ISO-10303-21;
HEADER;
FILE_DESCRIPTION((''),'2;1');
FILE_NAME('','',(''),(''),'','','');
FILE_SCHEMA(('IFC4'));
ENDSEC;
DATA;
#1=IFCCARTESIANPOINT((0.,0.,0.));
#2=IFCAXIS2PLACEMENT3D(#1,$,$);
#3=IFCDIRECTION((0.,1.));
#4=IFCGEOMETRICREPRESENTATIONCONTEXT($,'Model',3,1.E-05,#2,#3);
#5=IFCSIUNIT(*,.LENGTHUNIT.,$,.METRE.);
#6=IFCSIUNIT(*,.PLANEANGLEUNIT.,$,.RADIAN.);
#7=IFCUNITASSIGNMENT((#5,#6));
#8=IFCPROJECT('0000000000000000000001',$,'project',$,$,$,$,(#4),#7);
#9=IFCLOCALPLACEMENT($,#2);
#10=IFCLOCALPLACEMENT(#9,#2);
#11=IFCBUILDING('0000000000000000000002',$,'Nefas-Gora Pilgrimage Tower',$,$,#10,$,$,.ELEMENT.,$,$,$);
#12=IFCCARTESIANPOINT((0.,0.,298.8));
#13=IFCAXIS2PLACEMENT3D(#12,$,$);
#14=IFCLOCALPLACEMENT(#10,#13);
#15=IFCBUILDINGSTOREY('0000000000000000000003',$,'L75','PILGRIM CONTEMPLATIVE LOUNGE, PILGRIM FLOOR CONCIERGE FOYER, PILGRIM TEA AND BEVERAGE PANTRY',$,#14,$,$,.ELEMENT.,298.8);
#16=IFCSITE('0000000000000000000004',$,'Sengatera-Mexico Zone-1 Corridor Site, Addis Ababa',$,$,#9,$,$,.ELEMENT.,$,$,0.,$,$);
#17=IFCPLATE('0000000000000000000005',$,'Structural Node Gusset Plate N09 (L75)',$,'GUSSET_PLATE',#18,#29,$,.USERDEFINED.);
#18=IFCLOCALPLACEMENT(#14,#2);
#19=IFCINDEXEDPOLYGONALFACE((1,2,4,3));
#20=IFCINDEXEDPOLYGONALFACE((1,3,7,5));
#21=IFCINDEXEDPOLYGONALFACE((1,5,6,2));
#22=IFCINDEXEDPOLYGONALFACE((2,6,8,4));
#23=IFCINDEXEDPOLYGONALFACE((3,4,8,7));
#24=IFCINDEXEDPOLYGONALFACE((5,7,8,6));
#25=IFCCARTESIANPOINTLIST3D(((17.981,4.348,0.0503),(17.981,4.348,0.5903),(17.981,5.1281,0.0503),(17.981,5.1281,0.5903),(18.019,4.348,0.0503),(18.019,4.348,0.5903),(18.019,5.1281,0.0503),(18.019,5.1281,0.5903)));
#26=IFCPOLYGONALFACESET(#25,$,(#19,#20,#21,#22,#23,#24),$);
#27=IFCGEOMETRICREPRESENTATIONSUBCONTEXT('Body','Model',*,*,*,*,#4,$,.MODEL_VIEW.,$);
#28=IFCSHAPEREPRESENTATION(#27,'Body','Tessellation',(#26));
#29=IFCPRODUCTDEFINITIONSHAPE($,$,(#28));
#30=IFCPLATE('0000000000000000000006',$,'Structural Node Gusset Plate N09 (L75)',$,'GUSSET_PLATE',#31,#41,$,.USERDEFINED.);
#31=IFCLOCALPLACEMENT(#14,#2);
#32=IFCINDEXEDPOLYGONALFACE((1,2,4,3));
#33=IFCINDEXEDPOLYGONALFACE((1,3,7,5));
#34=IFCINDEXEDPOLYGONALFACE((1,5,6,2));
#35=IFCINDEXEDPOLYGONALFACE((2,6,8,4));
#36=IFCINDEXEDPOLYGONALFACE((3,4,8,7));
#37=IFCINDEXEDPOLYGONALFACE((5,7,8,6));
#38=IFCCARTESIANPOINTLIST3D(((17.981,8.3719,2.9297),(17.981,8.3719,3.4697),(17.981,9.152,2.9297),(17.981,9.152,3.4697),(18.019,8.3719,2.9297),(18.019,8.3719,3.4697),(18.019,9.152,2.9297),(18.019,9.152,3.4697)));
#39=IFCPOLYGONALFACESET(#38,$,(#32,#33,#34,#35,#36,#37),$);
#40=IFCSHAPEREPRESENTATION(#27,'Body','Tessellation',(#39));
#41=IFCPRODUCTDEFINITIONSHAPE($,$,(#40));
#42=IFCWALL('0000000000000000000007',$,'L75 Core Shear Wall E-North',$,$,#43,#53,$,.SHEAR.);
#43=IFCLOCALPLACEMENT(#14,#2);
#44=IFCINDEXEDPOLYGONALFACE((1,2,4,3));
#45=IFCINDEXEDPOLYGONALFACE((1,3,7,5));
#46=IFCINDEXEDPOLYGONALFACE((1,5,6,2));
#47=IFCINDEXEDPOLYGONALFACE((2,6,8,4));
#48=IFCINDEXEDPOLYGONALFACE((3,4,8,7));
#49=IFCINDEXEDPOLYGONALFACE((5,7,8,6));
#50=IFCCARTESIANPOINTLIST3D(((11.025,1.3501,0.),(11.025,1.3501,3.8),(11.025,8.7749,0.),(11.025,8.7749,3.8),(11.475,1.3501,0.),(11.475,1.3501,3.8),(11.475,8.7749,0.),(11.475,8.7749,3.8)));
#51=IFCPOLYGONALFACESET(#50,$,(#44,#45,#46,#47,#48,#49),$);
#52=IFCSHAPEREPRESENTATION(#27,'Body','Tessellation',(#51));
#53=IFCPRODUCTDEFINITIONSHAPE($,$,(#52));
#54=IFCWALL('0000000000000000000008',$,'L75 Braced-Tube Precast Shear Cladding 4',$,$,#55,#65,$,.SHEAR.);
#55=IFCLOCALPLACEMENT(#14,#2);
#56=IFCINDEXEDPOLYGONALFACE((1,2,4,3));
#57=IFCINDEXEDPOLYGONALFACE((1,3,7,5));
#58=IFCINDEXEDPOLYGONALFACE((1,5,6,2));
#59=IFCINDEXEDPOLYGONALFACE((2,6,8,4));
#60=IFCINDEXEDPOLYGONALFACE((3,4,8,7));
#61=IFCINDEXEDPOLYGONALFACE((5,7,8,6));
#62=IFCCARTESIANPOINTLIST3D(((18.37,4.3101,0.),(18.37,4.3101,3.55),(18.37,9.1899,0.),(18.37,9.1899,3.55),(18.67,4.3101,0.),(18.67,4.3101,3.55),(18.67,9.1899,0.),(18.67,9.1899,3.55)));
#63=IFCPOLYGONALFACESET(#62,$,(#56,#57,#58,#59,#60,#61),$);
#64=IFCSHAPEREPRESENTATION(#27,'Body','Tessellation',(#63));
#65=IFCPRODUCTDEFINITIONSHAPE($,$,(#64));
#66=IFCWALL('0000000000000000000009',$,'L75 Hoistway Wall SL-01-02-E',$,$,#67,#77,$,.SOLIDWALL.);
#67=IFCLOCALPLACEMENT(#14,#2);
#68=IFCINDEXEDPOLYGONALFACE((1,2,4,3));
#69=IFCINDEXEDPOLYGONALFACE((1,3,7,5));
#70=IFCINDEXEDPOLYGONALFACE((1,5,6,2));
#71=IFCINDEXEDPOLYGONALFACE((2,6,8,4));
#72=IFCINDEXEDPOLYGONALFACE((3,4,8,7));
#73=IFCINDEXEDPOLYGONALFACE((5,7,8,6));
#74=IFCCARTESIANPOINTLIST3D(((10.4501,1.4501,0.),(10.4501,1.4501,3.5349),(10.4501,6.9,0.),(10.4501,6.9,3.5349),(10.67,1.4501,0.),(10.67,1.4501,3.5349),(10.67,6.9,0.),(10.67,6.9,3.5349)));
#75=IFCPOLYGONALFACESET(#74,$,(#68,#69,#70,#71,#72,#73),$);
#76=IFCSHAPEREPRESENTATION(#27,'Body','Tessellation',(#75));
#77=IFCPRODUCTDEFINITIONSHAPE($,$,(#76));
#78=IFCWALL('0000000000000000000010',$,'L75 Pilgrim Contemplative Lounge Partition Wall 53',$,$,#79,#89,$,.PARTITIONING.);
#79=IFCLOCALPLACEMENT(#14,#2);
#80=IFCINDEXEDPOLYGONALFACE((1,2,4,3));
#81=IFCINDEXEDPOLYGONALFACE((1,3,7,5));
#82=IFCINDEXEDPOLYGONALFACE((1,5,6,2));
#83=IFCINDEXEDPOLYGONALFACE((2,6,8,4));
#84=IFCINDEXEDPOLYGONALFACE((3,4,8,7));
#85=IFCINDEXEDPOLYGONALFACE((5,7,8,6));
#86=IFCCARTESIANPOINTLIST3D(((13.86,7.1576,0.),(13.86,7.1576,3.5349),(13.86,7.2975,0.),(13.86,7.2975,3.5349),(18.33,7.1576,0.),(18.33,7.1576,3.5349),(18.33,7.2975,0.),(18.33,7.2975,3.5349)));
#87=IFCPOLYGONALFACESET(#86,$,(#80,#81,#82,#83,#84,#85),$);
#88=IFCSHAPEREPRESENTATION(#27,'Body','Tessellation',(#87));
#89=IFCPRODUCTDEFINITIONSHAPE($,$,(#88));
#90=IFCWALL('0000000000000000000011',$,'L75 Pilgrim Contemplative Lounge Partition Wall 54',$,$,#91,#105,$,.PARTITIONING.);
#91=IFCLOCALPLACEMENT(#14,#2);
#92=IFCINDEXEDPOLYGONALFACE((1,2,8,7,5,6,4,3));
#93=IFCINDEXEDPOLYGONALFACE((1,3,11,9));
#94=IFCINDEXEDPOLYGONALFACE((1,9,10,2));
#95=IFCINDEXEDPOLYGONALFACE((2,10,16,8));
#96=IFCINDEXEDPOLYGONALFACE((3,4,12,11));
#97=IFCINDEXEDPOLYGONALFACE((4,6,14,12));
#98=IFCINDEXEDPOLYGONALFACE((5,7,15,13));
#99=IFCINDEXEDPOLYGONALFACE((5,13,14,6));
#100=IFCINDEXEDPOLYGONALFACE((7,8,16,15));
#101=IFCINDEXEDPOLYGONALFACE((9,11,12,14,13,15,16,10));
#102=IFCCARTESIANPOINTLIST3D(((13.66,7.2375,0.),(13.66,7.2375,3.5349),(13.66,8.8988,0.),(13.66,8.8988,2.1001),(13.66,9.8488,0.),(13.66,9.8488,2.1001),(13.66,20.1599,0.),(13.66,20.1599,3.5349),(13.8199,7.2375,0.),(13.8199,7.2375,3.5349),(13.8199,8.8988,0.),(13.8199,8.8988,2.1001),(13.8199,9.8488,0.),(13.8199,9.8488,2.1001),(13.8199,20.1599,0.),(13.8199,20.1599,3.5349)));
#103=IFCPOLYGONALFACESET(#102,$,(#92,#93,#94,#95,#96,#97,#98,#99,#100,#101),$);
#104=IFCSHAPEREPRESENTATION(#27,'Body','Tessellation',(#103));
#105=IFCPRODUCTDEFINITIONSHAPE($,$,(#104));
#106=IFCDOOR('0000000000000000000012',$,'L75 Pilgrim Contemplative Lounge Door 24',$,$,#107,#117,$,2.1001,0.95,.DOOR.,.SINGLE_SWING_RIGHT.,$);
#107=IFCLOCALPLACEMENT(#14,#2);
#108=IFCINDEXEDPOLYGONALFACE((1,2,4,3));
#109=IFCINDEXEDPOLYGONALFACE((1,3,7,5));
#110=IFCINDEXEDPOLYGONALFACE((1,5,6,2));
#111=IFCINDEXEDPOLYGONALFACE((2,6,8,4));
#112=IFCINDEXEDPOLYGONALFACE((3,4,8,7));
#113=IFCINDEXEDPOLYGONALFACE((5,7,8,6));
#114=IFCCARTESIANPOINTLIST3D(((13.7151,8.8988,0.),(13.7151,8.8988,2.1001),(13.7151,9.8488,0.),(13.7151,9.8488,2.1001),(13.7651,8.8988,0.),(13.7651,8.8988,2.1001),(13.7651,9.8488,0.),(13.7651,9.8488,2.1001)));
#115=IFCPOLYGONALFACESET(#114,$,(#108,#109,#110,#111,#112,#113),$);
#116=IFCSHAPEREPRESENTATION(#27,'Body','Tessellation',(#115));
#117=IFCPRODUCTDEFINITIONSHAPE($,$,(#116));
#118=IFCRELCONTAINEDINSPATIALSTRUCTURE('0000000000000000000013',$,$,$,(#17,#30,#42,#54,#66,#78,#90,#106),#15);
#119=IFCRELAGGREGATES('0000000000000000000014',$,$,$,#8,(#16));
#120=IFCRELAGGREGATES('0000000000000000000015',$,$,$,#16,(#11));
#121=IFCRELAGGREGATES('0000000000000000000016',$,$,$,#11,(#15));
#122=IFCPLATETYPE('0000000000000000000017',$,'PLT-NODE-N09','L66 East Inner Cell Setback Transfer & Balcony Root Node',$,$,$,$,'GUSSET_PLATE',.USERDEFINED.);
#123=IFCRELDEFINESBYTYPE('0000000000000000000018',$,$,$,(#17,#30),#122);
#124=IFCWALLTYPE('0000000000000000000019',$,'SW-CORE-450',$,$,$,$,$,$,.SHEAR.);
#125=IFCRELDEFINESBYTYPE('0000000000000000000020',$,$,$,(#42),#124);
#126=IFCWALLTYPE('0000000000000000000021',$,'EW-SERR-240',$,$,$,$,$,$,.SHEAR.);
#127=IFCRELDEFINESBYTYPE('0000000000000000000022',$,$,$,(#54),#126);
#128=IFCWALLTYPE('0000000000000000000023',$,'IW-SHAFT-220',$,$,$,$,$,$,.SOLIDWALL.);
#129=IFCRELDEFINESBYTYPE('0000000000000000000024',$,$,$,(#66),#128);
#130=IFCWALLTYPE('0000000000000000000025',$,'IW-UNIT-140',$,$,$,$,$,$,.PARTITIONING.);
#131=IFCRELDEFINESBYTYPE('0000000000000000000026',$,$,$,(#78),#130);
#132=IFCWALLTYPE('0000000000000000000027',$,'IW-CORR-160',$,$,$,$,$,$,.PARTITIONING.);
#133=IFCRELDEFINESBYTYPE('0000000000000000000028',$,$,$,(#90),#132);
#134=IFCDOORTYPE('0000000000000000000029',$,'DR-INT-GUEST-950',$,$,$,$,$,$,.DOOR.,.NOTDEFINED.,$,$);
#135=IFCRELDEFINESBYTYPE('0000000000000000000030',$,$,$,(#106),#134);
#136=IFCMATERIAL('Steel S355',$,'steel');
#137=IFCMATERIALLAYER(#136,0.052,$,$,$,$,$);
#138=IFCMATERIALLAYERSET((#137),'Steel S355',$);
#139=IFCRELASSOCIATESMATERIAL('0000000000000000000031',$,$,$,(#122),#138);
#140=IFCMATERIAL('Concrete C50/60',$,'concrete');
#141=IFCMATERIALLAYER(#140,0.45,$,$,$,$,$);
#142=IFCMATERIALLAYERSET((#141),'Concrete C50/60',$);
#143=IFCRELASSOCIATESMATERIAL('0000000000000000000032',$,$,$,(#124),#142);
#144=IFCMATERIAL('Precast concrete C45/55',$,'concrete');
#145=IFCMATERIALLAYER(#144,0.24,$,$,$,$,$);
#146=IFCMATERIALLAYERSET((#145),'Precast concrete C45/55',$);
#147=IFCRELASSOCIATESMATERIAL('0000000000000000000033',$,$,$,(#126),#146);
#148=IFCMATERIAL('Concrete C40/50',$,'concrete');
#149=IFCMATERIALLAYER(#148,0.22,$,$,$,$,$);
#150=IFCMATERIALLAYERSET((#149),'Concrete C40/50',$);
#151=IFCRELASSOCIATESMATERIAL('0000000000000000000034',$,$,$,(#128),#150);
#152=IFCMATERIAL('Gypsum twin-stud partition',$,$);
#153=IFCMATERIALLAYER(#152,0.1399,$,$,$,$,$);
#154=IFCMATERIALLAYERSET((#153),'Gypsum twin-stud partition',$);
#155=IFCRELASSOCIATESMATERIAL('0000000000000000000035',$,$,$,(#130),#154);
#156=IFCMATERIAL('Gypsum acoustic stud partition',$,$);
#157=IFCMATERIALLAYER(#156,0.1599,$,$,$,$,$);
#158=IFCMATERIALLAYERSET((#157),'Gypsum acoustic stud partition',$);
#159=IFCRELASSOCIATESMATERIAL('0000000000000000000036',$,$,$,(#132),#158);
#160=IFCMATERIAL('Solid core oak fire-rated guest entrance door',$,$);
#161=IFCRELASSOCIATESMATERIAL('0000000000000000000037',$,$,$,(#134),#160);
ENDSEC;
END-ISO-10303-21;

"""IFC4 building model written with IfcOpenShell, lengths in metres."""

from ifc_helpers import new_model, si_unit, direction, frame, frame_2d, origin, origin_2d, place, context, subcontext, project, spatial, rectangle, extrude, source, transform, mapped, material, layer, layer_set, type_object, element, fill, save


model = new_model("IFC4")

# Units and contexts
model_context = context("Model", 3, precision=1e-05, world=origin(), true_north=direction((0.0, 1.0)))
body_context = subcontext(model_context, "Body", "Model", "MODEL_VIEW")
ifc_project = project(units=[si_unit("LENGTHUNIT", "METRE"), si_unit("PLANEANGLEUNIT", "RADIAN")], contexts=[model_context])

# Site, building, storey
site_placement = place(None, origin())
site = spatial("IfcSite", under=ifc_project, at=site_placement, Name="Sengatera-Mexico Zone-1 Corridor Site, Addis Ababa", CompositionType="ELEMENT", RefElevation=0.0)
building_placement = place(site_placement, origin())
building = spatial("IfcBuilding", under=site, at=building_placement, Name="Nefas-Gora Pilgrimage Tower", CompositionType="ELEMENT")
storey_placement = place(building_placement, frame((0.0, 0.0, 298.8)))
storey = spatial("IfcBuildingStorey", under=building, at=storey_placement, Name="L75", Description="PILGRIM CONTEMPLATIVE LOUNGE, PILGRIM FLOOR CONCIERGE FOYER, PILGRIM TEA AND BEVERAGE PANTRY", CompositionType="ELEMENT", Elevation=298.8)

# Shared definitions
ifc_material_1 = material(Name="Steel S355", Category="steel")

# Plates
ifc_layer_1 = layer(ifc_material_1, 0.052)
ifc_layer_set_1 = layer_set([ifc_layer_1], Name="Steel S355")
plate_type = type_object("IfcPlateType", Name="PLT-NODE-N09", Description="L66 East Inner Cell Setback Transfer & Balcony Root Node", ElementType="GUSSET_PLATE", PredefinedType="USERDEFINED", material=ifc_layer_set_1)
shared_shape_1 = source(origin(), body_context, "Body", "SweptSolid", [
    extrude(rectangle(XDim=0.78, YDim=0.0381, at=origin_2d()), origin(), (0.0, 0.0, 1.0), 0.54),
])
for number, where, z_axis, x_axis, name in (
    (1, (18.0, 4.738, 0.0503), (0.0, 0.0, 1.0), (0.0, 1.0, 0.0), "Structural Node Gusset Plate N09 (L75)"),
    (2, (18.0, 8.762, 2.9297), (0.0, 0.0, 1.0), (0.0, 1.0, 0.0), "Structural Node Gusset Plate N09 (L75)"),
):
    element("IfcPlate", number, at=place(storey_placement, frame(where, z_axis=z_axis, x_axis=x_axis)), inside=storey, type_object=plate_type, Name=name, ObjectType="GUSSET_PLATE", PredefinedType="USERDEFINED", context=body_context, shape_type="MappedRepresentation", body=[
        mapped(shared_shape_1, transform((0.0, 0.0, 0.0), x_axis=(1.0, 0.0, 0.0), y_axis=(0.0, 1.0, 0.0), z_axis=(0.0, 0.0, 1.0), scale=1.0)),
    ])

# Walls
ifc_material_2 = material(Name="Concrete C50/60", Category="concrete")
ifc_layer_2 = layer(ifc_material_2, 0.45)
ifc_layer_set_2 = layer_set([ifc_layer_2], Name="Concrete C50/60")
wall_type_1 = type_object("IfcWallType", Name="SW-CORE-450", PredefinedType="SHEAR", material=ifc_layer_set_2)
shared_shape_2 = source(origin(), body_context, "Body", "SweptSolid", [
    extrude(rectangle(XDim=7.4248, YDim=0.45, at=frame_2d((3.7124, 0.0))), origin(), (0.0, 0.0, 1.0), 3.8),
])
wall_1_placement = place(storey_placement, frame((11.25, 1.3501, 0.0), z_axis=(0.0, 0.0, 1.0), x_axis=(0.0, 1.0, 0.0)))
element("IfcWall", 3, at=wall_1_placement, inside=storey, type_object=wall_type_1, Name="L75 Core Shear Wall E-North", PredefinedType="SHEAR", context=body_context, shape_type="MappedRepresentation", body=[
    mapped(shared_shape_2, transform((0.0, 0.0, 0.0), x_axis=(1.0, 0.0, 0.0), y_axis=(0.0, 1.0, 0.0), z_axis=(0.0, 0.0, 1.0), scale=1.0)),
])
ifc_material_3 = material(Name="Precast concrete C45/55", Category="concrete")
ifc_layer_3 = layer(ifc_material_3, 0.24)
ifc_layer_set_3 = layer_set([ifc_layer_3], Name="Precast concrete C45/55")
wall_type_2 = type_object("IfcWallType", Name="EW-SERR-240", PredefinedType="SHEAR", material=ifc_layer_set_3)
shared_shape_3 = source(origin(), body_context, "Body", "SweptSolid", [
    extrude(rectangle(XDim=4.8799, YDim=0.3, at=frame_2d((2.4399, 0.0))), origin(), (0.0, 0.0, 1.0), 3.55),
])
wall_2_placement = place(storey_placement, frame((18.52, 4.3101, 0.0), z_axis=(0.0, 0.0, 1.0), x_axis=(0.0, 1.0, 0.0)))
element("IfcWall", 4, at=wall_2_placement, inside=storey, type_object=wall_type_2, Name="L75 Braced-Tube Precast Shear Cladding 4", PredefinedType="SHEAR", context=body_context, shape_type="MappedRepresentation", body=[
    mapped(shared_shape_3, transform((0.0, 0.0, 0.0), x_axis=(1.0, 0.0, 0.0), y_axis=(0.0, 1.0, 0.0), z_axis=(0.0, 0.0, 1.0), scale=1.0)),
])
ifc_material_4 = material(Name="Concrete C40/50", Category="concrete")
ifc_layer_4 = layer(ifc_material_4, 0.22)
ifc_layer_set_4 = layer_set([ifc_layer_4], Name="Concrete C40/50")
wall_type_3 = type_object("IfcWallType", Name="IW-SHAFT-220", PredefinedType="SOLIDWALL", material=ifc_layer_set_4)
shared_shape_4 = source(origin(), body_context, "Body", "SweptSolid", [
    extrude(rectangle(XDim=5.45, YDim=0.22, at=frame_2d((2.7251, 0.0))), origin(), (0.0, 0.0, 1.0), 3.5349),
])
wall_3_placement = place(storey_placement, frame((10.5601, 1.45, 0.0), z_axis=(0.0, 0.0, 1.0), x_axis=(0.0, 1.0, 0.0)))
element("IfcWall", 5, at=wall_3_placement, inside=storey, type_object=wall_type_3, Name="L75 Hoistway Wall SL-01-02-E", PredefinedType="SOLIDWALL", context=body_context, shape_type="MappedRepresentation", body=[
    mapped(shared_shape_4, transform((0.0, 0.0, 0.0), x_axis=(1.0, 0.0, 0.0), y_axis=(0.0, 1.0, 0.0), z_axis=(0.0, 0.0, 1.0), scale=1.0)),
])
ifc_material_5 = material(Name="Gypsum twin-stud partition")
ifc_layer_5 = layer(ifc_material_5, 0.1399)
ifc_layer_set_5 = layer_set([ifc_layer_5], Name="Gypsum twin-stud partition")
wall_type_4 = type_object("IfcWallType", Name="IW-UNIT-140", PredefinedType="PARTITIONING", material=ifc_layer_set_5)
shared_shape_5 = source(origin(), body_context, "Body", "SweptSolid", [
    extrude(rectangle(XDim=4.47, YDim=0.1399, at=frame_2d((2.2349, 0.0))), origin(), (0.0, 0.0, 1.0), 3.5349),
])
wall_4_placement = place(storey_placement, frame((13.8601, 7.2275, 0.0), z_axis=(0.0, 0.0, 1.0), x_axis=(1.0, 0.0, 0.0)))
element("IfcWall", 6, at=wall_4_placement, inside=storey, type_object=wall_type_4, Name="L75 Pilgrim Contemplative Lounge Partition Wall 53", PredefinedType="PARTITIONING", context=body_context, shape_type="MappedRepresentation", body=[
    mapped(shared_shape_5, transform((0.0, 0.0, 0.0), x_axis=(1.0, 0.0, 0.0), y_axis=(0.0, 1.0, 0.0), z_axis=(0.0, 0.0, 1.0), scale=1.0)),
])

# Wall, opening, door
ifc_material_6 = material(Name="Gypsum acoustic stud partition")
ifc_layer_6 = layer(ifc_material_6, 0.1599)
ifc_layer_set_6 = layer_set([ifc_layer_6], Name="Gypsum acoustic stud partition")
wall_type_5 = type_object("IfcWallType", Name="IW-CORR-160", PredefinedType="PARTITIONING", material=ifc_layer_set_6)
shared_shape_6 = source(origin(), body_context, "Body", "SweptSolid", [
    extrude(rectangle(XDim=12.9224, YDim=0.1599, at=frame_2d((6.4612, 0.0))), origin(), (0.0, 0.0, 1.0), 3.5349),
])
wall_5_placement = place(storey_placement, frame((13.74, 7.2375, 0.0), z_axis=(0.0, 0.0, 1.0), x_axis=(0.0, 1.0, 0.0)))
wall_5 = element("IfcWall", 7, at=wall_5_placement, inside=storey, type_object=wall_type_5, Name="L75 Pilgrim Contemplative Lounge Partition Wall 54", PredefinedType="PARTITIONING", context=body_context, shape_type="MappedRepresentation", body=[
    mapped(shared_shape_6, transform((0.0, 0.0, 0.0), x_axis=(1.0, 0.0, 0.0), y_axis=(0.0, 1.0, 0.0), z_axis=(0.0, 0.0, 1.0), scale=1.0)),
])
opening_placement = place(wall_5_placement, frame((1.6611, 0.0, 0.0)))
opening = element("IfcOpeningElement", 8, at=opening_placement, cuts=wall_5, PredefinedType="OPENING", context=body_context, shape_type="SweptSolid", body=[
    extrude(rectangle(XDim=0.95, YDim=2.1001, at=frame_2d((0.4751, 1.05))), frame((0.0, 0.0898, 0.0), z_axis=(0.0, -1.0, 0.0), x_axis=(1.0, 0.0, 0.0)), (0.0, 0.0, 1.0), 0.1799),
])
ifc_material_7 = material(Name="Solid core oak fire-rated guest entrance door")
door_type = type_object("IfcDoorType", Name="DR-INT-GUEST-950", OperationType="NOTDEFINED", PredefinedType="DOOR", material=ifc_material_7)
shared_shape_7 = source(origin(), body_context, "Body", "SweptSolid", [
    extrude(rectangle(XDim=0.95, YDim=2.1001, at=frame_2d((0.4751, 1.05))), frame((0.0, 0.0249, 0.0), z_axis=(0.0, -1.0, 0.0), x_axis=(1.0, 0.0, 0.0)), (0.0, 0.0, 1.0), 0.05),
])
door_placement = place(opening_placement, origin())
door = element("IfcDoor", 9, at=door_placement, inside=storey, type_object=door_type, Name="L75 Pilgrim Contemplative Lounge Door 24", OperationType="SINGLE_SWING_RIGHT", OverallHeight=2.1001, OverallWidth=0.95, PredefinedType="DOOR", context=body_context, shape_type="MappedRepresentation", body=[
    mapped(shared_shape_7, transform((0.0, 0.0, 0.0), x_axis=(1.0, 0.0, 0.0), y_axis=(0.0, 1.0, 0.0), z_axis=(0.0, 0.0, 1.0), scale=1.0)),
])
fill(opening, door)

save(model, "model.ifc")
